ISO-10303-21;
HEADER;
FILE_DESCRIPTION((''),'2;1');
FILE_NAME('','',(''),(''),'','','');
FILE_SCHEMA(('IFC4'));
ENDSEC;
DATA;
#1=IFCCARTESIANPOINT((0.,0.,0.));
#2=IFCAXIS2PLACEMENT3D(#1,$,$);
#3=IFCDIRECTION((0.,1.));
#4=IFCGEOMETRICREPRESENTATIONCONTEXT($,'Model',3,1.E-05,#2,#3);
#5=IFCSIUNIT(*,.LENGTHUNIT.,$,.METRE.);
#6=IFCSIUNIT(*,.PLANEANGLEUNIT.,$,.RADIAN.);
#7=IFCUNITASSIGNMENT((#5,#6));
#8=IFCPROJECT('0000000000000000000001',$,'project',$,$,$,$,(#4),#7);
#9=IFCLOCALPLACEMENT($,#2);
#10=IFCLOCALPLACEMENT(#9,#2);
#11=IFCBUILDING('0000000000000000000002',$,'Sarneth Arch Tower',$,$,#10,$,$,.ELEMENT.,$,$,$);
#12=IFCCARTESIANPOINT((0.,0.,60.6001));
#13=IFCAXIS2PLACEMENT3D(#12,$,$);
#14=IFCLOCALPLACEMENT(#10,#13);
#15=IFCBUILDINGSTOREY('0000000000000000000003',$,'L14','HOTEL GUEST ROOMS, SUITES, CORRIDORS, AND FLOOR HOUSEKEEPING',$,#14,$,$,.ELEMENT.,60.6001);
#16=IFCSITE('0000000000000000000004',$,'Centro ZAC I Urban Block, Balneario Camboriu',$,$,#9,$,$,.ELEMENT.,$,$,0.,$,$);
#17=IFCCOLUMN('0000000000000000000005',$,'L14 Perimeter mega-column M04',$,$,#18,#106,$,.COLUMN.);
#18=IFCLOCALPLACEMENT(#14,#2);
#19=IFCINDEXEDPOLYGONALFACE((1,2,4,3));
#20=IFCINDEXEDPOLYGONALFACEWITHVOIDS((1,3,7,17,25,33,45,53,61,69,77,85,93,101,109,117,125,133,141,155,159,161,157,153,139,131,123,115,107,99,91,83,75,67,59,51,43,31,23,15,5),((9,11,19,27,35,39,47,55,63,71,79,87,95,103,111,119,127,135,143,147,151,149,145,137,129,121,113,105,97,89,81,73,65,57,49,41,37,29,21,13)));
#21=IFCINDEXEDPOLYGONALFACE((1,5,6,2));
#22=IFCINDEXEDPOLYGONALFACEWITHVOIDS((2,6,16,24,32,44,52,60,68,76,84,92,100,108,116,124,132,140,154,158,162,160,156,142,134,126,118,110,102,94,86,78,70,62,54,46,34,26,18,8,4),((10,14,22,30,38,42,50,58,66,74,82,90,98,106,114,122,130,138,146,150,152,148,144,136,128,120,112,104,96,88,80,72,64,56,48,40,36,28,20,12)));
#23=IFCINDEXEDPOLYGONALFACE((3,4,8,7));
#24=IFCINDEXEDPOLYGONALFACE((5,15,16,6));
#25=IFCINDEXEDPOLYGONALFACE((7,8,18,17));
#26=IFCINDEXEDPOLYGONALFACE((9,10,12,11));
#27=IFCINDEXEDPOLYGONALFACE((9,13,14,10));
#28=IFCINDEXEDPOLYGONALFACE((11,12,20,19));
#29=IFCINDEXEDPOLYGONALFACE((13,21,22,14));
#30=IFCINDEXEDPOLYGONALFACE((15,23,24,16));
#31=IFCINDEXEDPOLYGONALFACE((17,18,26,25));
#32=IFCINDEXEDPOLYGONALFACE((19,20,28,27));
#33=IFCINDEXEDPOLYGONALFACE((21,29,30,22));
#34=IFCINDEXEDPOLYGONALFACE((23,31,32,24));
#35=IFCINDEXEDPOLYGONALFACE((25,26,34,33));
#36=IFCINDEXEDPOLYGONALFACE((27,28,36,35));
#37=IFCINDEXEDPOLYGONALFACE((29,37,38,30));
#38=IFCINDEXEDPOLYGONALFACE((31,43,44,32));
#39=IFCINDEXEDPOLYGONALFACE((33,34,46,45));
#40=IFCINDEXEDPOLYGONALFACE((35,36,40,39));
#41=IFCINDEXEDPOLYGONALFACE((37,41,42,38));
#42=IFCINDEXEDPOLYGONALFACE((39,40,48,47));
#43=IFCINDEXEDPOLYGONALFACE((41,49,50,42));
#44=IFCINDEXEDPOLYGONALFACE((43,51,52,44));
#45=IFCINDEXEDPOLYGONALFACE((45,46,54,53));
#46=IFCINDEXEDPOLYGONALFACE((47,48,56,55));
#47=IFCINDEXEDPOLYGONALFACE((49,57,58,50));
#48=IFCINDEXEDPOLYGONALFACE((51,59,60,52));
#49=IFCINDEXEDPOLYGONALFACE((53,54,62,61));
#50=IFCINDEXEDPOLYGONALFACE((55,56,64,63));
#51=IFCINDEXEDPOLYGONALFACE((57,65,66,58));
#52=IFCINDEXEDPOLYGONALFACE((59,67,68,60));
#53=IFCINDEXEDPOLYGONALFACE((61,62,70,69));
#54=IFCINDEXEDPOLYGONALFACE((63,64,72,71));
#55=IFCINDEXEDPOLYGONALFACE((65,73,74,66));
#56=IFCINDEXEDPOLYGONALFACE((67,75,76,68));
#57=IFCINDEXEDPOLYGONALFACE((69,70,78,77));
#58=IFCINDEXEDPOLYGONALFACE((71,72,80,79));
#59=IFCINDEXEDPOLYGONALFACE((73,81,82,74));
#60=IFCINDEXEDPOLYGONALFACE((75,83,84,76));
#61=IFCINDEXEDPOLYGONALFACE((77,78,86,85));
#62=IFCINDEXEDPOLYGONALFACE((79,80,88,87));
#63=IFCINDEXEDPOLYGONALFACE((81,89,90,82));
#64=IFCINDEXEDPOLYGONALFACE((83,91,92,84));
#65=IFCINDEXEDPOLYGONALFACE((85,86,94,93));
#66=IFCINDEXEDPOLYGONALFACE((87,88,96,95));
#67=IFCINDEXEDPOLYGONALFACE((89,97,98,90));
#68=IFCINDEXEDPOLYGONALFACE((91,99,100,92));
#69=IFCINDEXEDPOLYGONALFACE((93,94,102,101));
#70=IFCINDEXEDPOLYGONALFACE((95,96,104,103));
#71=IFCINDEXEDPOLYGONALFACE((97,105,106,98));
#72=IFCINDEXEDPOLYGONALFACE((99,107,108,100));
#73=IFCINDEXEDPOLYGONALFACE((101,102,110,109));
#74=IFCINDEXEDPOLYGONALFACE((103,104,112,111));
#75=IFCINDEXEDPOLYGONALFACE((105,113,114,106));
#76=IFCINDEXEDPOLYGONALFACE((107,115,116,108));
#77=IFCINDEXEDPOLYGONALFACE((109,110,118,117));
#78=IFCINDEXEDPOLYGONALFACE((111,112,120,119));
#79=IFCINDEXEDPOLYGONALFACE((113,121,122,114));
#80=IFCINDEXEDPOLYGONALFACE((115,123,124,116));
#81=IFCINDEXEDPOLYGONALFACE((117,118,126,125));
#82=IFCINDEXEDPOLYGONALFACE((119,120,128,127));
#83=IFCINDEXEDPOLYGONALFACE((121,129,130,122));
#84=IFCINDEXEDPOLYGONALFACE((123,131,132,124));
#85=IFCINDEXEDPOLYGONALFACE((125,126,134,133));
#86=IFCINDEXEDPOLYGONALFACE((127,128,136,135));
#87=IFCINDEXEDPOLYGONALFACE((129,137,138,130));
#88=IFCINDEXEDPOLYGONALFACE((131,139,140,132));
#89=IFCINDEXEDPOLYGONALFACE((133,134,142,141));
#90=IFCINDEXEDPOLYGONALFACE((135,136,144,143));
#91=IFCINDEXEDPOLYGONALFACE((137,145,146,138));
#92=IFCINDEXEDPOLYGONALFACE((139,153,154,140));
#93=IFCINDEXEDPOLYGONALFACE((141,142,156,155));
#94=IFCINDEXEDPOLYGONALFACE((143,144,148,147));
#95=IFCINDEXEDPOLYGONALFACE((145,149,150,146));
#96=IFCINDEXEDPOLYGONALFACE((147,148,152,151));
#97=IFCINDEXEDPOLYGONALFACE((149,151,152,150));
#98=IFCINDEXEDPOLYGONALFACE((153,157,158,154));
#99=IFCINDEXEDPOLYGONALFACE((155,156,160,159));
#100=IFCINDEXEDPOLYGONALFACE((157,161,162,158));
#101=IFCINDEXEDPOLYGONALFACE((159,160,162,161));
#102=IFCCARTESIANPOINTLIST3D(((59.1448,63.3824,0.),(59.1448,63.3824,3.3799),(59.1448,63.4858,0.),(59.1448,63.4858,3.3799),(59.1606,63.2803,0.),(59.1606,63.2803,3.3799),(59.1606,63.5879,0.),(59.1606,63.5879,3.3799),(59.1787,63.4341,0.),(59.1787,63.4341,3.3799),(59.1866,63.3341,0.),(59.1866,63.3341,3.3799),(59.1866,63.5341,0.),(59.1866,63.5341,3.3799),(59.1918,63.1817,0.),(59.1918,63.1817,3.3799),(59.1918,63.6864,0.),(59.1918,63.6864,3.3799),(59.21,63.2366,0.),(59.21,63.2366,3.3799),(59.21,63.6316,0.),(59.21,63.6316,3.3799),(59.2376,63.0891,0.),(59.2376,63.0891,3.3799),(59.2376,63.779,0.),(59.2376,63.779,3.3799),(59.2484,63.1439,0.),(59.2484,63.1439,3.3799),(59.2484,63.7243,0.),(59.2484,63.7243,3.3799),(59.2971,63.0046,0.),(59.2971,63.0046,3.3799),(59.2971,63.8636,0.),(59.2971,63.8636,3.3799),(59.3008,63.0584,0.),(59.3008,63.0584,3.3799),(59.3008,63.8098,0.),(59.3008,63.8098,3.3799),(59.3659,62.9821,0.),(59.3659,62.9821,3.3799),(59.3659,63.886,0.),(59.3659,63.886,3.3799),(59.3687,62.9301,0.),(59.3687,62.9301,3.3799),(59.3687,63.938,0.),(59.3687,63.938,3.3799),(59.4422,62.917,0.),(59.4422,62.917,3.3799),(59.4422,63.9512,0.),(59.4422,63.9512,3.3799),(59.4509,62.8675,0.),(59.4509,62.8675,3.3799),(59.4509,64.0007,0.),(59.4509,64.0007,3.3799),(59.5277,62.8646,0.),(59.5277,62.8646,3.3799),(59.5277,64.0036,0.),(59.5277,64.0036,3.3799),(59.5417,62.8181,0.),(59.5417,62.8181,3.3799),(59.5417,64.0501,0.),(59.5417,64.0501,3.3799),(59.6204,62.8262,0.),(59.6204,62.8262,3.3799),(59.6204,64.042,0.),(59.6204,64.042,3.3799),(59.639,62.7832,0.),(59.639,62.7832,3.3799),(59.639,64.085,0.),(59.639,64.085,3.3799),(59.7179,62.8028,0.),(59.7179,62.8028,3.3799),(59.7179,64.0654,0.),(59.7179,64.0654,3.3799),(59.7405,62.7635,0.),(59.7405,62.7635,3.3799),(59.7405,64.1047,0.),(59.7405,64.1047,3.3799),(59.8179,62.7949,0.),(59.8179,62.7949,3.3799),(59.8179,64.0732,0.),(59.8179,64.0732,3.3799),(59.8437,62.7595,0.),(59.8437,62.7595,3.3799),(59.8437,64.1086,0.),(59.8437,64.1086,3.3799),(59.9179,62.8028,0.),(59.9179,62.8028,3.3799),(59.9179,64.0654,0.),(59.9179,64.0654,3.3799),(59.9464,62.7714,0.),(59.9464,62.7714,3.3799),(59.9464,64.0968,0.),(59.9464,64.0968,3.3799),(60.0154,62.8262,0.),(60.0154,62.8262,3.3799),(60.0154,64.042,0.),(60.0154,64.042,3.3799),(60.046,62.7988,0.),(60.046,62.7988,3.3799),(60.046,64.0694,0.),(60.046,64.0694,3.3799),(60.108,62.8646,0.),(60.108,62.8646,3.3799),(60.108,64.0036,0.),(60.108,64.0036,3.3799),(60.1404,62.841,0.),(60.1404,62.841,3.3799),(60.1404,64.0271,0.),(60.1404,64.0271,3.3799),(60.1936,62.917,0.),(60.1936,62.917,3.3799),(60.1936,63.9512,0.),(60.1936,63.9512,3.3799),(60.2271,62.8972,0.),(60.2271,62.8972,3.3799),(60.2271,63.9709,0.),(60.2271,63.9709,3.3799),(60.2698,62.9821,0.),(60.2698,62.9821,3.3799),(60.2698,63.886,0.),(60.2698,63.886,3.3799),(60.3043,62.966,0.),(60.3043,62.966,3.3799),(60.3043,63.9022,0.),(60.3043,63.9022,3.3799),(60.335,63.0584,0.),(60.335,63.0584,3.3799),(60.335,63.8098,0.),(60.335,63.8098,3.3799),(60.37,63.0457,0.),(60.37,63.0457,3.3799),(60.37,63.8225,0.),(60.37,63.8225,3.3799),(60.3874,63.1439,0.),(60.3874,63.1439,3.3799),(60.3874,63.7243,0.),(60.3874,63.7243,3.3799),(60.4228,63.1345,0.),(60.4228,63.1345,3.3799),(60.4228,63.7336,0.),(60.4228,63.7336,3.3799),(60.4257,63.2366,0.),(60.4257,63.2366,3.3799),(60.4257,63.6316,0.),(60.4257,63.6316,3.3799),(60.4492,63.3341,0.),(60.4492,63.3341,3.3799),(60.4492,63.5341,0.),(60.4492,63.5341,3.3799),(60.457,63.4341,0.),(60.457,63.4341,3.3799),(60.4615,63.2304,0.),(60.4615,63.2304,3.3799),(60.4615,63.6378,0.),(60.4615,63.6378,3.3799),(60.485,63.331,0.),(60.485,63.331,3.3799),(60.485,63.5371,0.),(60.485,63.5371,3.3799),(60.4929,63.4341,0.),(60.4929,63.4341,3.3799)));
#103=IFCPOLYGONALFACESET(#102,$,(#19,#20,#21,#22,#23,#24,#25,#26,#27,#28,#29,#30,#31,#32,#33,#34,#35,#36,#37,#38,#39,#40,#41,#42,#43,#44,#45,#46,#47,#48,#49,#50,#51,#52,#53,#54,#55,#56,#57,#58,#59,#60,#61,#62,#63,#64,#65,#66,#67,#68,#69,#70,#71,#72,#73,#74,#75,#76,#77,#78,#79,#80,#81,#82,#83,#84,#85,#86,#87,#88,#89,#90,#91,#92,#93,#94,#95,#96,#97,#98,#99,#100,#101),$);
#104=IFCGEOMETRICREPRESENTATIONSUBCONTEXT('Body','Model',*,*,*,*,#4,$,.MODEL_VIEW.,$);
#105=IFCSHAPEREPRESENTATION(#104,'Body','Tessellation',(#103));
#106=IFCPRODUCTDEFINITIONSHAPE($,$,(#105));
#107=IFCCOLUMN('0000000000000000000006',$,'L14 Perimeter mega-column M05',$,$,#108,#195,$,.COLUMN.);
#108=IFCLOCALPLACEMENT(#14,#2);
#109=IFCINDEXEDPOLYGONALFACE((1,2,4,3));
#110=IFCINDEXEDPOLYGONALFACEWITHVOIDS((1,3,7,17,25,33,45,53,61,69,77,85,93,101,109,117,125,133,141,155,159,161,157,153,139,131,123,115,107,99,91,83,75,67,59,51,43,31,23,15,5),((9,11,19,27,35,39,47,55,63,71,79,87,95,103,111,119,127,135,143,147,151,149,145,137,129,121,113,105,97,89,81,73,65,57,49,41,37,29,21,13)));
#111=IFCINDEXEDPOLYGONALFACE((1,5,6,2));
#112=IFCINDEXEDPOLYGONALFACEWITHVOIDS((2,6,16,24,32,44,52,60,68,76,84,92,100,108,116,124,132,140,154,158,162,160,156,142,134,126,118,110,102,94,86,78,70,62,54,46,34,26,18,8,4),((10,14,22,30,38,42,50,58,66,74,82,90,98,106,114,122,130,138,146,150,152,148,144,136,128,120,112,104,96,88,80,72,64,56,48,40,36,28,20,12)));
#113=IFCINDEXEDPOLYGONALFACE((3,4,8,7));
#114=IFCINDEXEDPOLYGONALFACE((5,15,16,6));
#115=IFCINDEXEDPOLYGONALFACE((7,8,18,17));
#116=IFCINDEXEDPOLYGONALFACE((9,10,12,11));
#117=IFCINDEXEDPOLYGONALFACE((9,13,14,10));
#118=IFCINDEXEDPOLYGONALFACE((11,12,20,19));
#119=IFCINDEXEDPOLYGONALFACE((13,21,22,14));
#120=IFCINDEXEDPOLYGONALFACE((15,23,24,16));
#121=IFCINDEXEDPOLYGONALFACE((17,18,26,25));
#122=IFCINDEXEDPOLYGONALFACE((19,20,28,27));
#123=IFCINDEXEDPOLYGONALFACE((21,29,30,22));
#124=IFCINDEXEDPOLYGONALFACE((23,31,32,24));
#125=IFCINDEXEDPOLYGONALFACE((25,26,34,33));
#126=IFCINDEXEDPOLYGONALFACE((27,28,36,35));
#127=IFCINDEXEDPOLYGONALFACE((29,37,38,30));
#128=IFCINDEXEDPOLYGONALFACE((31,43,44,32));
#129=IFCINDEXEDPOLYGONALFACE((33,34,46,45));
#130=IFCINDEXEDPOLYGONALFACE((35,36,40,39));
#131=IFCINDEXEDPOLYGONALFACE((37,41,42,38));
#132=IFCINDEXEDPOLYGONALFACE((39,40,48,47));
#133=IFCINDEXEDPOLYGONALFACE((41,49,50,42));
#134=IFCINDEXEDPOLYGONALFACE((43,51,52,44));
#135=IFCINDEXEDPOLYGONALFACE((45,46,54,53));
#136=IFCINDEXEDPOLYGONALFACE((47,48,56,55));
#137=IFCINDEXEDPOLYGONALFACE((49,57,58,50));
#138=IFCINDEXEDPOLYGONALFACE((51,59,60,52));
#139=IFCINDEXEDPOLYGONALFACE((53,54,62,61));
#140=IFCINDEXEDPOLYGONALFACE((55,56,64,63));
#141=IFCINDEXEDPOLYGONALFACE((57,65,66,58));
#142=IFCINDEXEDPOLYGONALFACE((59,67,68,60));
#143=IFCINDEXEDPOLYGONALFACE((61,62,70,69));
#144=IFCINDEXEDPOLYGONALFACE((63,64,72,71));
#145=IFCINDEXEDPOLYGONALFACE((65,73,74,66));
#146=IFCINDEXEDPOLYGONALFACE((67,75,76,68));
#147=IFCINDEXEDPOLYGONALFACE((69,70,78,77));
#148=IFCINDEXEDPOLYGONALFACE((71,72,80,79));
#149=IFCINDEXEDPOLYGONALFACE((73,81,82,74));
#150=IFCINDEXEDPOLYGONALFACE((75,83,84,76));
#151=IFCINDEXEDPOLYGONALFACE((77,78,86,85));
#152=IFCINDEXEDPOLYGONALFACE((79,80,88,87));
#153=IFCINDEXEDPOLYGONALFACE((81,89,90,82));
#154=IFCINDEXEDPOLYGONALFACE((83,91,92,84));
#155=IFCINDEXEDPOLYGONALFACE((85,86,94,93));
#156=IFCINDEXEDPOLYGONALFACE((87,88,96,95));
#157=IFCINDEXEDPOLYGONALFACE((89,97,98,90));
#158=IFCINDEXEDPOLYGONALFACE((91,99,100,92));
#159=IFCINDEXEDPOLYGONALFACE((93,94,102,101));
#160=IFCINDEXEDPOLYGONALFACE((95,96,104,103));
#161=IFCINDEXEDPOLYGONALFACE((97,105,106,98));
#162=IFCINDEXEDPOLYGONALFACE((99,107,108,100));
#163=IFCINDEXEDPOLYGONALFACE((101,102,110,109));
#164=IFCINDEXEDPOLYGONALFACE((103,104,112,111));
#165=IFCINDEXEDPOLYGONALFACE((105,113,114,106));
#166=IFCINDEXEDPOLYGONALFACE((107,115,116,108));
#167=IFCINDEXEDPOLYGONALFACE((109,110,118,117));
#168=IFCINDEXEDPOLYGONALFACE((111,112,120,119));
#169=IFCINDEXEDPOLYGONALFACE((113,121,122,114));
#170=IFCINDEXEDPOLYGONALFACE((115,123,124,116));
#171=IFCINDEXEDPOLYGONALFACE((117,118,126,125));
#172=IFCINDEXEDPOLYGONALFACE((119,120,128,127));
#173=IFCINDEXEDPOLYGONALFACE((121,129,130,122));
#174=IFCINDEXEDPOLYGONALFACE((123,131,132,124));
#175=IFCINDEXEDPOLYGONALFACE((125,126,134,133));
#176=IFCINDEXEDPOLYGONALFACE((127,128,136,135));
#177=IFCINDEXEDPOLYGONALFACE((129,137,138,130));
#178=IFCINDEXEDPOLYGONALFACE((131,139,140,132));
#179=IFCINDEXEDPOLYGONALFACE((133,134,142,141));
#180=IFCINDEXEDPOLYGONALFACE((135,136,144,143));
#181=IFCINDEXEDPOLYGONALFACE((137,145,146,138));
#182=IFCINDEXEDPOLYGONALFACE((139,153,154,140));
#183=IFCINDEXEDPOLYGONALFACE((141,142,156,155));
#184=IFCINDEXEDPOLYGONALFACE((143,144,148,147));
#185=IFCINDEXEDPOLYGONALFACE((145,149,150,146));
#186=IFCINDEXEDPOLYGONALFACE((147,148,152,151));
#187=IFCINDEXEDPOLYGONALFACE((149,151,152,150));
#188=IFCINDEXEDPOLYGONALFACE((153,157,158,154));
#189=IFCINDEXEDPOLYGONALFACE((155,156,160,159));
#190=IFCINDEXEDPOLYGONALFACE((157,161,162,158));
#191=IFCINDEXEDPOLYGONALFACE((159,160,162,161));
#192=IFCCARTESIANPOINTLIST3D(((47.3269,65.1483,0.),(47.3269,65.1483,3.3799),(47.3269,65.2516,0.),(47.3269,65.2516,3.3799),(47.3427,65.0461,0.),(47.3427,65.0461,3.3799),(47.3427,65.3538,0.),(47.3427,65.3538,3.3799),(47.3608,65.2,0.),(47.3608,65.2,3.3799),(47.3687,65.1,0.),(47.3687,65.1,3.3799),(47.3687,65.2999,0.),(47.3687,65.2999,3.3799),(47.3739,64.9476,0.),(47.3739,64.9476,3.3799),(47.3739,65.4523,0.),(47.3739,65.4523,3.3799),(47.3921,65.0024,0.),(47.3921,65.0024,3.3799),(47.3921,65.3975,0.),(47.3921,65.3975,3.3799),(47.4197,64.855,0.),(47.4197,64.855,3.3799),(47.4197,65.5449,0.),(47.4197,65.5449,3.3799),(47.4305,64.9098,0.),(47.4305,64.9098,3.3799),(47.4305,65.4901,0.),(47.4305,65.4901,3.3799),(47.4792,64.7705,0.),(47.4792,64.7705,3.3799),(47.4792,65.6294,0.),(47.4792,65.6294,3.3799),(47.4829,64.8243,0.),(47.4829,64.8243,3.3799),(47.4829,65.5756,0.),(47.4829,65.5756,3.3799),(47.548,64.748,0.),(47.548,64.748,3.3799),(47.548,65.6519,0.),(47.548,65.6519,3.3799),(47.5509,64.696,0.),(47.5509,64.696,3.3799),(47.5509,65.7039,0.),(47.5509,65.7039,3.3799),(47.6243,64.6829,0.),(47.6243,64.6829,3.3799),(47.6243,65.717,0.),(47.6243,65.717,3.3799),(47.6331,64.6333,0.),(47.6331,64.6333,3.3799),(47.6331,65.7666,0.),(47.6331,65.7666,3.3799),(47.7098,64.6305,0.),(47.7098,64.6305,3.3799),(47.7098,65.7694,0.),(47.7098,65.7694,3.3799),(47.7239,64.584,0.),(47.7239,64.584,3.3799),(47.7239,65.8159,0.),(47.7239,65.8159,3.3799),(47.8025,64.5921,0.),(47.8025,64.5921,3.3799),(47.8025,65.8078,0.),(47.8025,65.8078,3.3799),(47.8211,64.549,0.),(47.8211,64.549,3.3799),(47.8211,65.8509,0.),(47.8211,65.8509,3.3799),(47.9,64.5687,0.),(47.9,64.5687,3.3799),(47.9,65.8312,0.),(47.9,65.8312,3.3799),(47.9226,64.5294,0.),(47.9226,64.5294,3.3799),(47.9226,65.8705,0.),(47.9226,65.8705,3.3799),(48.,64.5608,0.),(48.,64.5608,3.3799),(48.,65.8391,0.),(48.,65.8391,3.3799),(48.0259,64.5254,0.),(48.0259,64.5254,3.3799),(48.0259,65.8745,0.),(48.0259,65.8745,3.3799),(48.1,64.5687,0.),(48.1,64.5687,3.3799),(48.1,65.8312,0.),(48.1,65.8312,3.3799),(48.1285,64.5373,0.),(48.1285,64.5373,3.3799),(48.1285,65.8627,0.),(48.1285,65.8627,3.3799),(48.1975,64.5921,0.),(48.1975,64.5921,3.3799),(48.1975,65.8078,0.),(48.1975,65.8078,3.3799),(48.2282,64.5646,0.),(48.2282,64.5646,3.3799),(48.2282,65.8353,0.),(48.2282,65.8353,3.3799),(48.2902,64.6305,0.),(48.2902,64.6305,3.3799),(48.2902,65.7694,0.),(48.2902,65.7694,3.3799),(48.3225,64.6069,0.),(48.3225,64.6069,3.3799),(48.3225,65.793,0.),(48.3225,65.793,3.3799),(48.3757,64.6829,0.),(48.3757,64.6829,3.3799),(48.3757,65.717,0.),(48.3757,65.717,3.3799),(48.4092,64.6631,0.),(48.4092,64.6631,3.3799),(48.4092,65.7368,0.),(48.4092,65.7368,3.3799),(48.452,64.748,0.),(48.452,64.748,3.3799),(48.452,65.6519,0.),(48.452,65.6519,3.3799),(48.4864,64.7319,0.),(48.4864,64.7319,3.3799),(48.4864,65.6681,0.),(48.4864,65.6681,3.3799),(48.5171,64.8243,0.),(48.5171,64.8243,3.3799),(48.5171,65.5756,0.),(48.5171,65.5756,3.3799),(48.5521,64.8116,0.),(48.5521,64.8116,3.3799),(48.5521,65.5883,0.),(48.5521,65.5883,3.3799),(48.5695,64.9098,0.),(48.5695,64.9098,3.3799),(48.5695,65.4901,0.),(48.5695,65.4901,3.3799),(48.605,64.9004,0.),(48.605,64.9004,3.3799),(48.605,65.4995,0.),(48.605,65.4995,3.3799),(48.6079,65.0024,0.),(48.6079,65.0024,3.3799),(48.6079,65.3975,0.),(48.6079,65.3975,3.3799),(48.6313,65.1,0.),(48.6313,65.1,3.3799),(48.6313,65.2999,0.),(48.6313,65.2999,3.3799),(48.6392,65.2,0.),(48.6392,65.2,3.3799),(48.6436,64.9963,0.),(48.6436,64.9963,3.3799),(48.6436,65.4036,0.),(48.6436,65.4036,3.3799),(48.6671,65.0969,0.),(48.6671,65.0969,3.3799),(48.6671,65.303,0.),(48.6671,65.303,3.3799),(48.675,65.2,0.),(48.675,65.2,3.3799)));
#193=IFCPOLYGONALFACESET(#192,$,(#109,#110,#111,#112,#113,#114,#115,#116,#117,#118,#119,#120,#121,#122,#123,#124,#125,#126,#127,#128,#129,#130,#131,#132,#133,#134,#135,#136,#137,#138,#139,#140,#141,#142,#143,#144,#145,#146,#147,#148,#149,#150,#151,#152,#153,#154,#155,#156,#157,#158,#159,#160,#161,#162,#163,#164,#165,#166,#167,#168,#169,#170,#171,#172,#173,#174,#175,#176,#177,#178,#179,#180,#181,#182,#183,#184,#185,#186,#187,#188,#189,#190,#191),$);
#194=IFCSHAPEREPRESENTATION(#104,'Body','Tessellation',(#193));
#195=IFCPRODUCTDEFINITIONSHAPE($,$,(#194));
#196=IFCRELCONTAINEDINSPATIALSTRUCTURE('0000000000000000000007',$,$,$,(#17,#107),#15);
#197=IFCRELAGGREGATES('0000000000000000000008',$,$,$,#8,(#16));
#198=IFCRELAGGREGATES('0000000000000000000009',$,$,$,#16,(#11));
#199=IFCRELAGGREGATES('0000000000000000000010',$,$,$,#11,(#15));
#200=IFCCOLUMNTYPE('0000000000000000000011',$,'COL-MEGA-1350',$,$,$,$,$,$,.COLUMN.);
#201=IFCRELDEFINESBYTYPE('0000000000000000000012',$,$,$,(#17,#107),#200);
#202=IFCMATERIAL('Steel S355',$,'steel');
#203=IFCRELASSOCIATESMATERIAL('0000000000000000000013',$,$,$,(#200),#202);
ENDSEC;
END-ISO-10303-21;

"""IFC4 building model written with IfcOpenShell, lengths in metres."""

from ifc_helpers import new_model, si_unit, direction, frame, origin, origin_2d, place, context, subcontext, project, spatial, hollow_circle, extrude, material, material_profile, profile_set, type_object, element, save


model = new_model("IFC4")

# Units and contexts
model_context = context("Model", 3, precision=1e-05, world=origin(), true_north=direction((0.0, 1.0)))
body_context = subcontext(model_context, "Body", "Model", "MODEL_VIEW")
ifc_project = project(units=[si_unit("LENGTHUNIT", "METRE"), si_unit("PLANEANGLEUNIT", "RADIAN")], contexts=[model_context])

# Site, building, storey
site_placement = place(None, origin())
site = spatial("IfcSite", under=ifc_project, at=site_placement, Name="Centro ZAC I Urban Block, Balneario Camboriu", CompositionType="ELEMENT", RefElevation=0.0)
building_placement = place(site_placement, origin())
building = spatial("IfcBuilding", under=site, at=building_placement, Name="Sarneth Arch Tower", CompositionType="ELEMENT")
storey_placement = place(building_placement, frame((0.0, 0.0, 60.6001)))
storey = spatial("IfcBuildingStorey", under=building, at=storey_placement, Name="L14", Description="HOTEL GUEST ROOMS, SUITES, CORRIDORS, AND FLOOR HOUSEKEEPING", CompositionType="ELEMENT", Elevation=60.6001)

# Columns
ifc_material_1 = material(Name="Steel S355", Category="steel")
ifc_material_profile_1 = material_profile(ifc_material_1, hollow_circle(Radius=0.675, WallThickness=0.0359, at=origin_2d()), Name="CHS1350x36")
ifc_profile_set_1 = profile_set([ifc_material_profile_1], Name="Steel S355")
column_type = type_object("IfcColumnType", Name="COL-MEGA-1350", PredefinedType="COLUMN", material=ifc_profile_set_1)
for number, where, z_axis, x_axis, name in (
    (1, (59.8179, 63.4341, 0.0), (0.0, 0.0, 1.0), (1.0, 0.0, 0.0), "L14 Perimeter mega-column M04"),
    (2, (48.0, 65.2, 0.0), (0.0, 0.0, 1.0), (1.0, 0.0, 0.0), "L14 Perimeter mega-column M05"),
):
    element("IfcColumn", number, at=place(storey_placement, frame(where, z_axis=z_axis, x_axis=x_axis)), inside=storey, type_object=column_type, Name=name, PredefinedType="COLUMN", context=body_context, shape_type="SweptSolid", body=[
        extrude(hollow_circle(Radius=0.675, WallThickness=0.0359, at=origin_2d()), origin(), (0.0, 0.0, 1.0), 3.3799),
    ])

save(model, "model.ifc")
